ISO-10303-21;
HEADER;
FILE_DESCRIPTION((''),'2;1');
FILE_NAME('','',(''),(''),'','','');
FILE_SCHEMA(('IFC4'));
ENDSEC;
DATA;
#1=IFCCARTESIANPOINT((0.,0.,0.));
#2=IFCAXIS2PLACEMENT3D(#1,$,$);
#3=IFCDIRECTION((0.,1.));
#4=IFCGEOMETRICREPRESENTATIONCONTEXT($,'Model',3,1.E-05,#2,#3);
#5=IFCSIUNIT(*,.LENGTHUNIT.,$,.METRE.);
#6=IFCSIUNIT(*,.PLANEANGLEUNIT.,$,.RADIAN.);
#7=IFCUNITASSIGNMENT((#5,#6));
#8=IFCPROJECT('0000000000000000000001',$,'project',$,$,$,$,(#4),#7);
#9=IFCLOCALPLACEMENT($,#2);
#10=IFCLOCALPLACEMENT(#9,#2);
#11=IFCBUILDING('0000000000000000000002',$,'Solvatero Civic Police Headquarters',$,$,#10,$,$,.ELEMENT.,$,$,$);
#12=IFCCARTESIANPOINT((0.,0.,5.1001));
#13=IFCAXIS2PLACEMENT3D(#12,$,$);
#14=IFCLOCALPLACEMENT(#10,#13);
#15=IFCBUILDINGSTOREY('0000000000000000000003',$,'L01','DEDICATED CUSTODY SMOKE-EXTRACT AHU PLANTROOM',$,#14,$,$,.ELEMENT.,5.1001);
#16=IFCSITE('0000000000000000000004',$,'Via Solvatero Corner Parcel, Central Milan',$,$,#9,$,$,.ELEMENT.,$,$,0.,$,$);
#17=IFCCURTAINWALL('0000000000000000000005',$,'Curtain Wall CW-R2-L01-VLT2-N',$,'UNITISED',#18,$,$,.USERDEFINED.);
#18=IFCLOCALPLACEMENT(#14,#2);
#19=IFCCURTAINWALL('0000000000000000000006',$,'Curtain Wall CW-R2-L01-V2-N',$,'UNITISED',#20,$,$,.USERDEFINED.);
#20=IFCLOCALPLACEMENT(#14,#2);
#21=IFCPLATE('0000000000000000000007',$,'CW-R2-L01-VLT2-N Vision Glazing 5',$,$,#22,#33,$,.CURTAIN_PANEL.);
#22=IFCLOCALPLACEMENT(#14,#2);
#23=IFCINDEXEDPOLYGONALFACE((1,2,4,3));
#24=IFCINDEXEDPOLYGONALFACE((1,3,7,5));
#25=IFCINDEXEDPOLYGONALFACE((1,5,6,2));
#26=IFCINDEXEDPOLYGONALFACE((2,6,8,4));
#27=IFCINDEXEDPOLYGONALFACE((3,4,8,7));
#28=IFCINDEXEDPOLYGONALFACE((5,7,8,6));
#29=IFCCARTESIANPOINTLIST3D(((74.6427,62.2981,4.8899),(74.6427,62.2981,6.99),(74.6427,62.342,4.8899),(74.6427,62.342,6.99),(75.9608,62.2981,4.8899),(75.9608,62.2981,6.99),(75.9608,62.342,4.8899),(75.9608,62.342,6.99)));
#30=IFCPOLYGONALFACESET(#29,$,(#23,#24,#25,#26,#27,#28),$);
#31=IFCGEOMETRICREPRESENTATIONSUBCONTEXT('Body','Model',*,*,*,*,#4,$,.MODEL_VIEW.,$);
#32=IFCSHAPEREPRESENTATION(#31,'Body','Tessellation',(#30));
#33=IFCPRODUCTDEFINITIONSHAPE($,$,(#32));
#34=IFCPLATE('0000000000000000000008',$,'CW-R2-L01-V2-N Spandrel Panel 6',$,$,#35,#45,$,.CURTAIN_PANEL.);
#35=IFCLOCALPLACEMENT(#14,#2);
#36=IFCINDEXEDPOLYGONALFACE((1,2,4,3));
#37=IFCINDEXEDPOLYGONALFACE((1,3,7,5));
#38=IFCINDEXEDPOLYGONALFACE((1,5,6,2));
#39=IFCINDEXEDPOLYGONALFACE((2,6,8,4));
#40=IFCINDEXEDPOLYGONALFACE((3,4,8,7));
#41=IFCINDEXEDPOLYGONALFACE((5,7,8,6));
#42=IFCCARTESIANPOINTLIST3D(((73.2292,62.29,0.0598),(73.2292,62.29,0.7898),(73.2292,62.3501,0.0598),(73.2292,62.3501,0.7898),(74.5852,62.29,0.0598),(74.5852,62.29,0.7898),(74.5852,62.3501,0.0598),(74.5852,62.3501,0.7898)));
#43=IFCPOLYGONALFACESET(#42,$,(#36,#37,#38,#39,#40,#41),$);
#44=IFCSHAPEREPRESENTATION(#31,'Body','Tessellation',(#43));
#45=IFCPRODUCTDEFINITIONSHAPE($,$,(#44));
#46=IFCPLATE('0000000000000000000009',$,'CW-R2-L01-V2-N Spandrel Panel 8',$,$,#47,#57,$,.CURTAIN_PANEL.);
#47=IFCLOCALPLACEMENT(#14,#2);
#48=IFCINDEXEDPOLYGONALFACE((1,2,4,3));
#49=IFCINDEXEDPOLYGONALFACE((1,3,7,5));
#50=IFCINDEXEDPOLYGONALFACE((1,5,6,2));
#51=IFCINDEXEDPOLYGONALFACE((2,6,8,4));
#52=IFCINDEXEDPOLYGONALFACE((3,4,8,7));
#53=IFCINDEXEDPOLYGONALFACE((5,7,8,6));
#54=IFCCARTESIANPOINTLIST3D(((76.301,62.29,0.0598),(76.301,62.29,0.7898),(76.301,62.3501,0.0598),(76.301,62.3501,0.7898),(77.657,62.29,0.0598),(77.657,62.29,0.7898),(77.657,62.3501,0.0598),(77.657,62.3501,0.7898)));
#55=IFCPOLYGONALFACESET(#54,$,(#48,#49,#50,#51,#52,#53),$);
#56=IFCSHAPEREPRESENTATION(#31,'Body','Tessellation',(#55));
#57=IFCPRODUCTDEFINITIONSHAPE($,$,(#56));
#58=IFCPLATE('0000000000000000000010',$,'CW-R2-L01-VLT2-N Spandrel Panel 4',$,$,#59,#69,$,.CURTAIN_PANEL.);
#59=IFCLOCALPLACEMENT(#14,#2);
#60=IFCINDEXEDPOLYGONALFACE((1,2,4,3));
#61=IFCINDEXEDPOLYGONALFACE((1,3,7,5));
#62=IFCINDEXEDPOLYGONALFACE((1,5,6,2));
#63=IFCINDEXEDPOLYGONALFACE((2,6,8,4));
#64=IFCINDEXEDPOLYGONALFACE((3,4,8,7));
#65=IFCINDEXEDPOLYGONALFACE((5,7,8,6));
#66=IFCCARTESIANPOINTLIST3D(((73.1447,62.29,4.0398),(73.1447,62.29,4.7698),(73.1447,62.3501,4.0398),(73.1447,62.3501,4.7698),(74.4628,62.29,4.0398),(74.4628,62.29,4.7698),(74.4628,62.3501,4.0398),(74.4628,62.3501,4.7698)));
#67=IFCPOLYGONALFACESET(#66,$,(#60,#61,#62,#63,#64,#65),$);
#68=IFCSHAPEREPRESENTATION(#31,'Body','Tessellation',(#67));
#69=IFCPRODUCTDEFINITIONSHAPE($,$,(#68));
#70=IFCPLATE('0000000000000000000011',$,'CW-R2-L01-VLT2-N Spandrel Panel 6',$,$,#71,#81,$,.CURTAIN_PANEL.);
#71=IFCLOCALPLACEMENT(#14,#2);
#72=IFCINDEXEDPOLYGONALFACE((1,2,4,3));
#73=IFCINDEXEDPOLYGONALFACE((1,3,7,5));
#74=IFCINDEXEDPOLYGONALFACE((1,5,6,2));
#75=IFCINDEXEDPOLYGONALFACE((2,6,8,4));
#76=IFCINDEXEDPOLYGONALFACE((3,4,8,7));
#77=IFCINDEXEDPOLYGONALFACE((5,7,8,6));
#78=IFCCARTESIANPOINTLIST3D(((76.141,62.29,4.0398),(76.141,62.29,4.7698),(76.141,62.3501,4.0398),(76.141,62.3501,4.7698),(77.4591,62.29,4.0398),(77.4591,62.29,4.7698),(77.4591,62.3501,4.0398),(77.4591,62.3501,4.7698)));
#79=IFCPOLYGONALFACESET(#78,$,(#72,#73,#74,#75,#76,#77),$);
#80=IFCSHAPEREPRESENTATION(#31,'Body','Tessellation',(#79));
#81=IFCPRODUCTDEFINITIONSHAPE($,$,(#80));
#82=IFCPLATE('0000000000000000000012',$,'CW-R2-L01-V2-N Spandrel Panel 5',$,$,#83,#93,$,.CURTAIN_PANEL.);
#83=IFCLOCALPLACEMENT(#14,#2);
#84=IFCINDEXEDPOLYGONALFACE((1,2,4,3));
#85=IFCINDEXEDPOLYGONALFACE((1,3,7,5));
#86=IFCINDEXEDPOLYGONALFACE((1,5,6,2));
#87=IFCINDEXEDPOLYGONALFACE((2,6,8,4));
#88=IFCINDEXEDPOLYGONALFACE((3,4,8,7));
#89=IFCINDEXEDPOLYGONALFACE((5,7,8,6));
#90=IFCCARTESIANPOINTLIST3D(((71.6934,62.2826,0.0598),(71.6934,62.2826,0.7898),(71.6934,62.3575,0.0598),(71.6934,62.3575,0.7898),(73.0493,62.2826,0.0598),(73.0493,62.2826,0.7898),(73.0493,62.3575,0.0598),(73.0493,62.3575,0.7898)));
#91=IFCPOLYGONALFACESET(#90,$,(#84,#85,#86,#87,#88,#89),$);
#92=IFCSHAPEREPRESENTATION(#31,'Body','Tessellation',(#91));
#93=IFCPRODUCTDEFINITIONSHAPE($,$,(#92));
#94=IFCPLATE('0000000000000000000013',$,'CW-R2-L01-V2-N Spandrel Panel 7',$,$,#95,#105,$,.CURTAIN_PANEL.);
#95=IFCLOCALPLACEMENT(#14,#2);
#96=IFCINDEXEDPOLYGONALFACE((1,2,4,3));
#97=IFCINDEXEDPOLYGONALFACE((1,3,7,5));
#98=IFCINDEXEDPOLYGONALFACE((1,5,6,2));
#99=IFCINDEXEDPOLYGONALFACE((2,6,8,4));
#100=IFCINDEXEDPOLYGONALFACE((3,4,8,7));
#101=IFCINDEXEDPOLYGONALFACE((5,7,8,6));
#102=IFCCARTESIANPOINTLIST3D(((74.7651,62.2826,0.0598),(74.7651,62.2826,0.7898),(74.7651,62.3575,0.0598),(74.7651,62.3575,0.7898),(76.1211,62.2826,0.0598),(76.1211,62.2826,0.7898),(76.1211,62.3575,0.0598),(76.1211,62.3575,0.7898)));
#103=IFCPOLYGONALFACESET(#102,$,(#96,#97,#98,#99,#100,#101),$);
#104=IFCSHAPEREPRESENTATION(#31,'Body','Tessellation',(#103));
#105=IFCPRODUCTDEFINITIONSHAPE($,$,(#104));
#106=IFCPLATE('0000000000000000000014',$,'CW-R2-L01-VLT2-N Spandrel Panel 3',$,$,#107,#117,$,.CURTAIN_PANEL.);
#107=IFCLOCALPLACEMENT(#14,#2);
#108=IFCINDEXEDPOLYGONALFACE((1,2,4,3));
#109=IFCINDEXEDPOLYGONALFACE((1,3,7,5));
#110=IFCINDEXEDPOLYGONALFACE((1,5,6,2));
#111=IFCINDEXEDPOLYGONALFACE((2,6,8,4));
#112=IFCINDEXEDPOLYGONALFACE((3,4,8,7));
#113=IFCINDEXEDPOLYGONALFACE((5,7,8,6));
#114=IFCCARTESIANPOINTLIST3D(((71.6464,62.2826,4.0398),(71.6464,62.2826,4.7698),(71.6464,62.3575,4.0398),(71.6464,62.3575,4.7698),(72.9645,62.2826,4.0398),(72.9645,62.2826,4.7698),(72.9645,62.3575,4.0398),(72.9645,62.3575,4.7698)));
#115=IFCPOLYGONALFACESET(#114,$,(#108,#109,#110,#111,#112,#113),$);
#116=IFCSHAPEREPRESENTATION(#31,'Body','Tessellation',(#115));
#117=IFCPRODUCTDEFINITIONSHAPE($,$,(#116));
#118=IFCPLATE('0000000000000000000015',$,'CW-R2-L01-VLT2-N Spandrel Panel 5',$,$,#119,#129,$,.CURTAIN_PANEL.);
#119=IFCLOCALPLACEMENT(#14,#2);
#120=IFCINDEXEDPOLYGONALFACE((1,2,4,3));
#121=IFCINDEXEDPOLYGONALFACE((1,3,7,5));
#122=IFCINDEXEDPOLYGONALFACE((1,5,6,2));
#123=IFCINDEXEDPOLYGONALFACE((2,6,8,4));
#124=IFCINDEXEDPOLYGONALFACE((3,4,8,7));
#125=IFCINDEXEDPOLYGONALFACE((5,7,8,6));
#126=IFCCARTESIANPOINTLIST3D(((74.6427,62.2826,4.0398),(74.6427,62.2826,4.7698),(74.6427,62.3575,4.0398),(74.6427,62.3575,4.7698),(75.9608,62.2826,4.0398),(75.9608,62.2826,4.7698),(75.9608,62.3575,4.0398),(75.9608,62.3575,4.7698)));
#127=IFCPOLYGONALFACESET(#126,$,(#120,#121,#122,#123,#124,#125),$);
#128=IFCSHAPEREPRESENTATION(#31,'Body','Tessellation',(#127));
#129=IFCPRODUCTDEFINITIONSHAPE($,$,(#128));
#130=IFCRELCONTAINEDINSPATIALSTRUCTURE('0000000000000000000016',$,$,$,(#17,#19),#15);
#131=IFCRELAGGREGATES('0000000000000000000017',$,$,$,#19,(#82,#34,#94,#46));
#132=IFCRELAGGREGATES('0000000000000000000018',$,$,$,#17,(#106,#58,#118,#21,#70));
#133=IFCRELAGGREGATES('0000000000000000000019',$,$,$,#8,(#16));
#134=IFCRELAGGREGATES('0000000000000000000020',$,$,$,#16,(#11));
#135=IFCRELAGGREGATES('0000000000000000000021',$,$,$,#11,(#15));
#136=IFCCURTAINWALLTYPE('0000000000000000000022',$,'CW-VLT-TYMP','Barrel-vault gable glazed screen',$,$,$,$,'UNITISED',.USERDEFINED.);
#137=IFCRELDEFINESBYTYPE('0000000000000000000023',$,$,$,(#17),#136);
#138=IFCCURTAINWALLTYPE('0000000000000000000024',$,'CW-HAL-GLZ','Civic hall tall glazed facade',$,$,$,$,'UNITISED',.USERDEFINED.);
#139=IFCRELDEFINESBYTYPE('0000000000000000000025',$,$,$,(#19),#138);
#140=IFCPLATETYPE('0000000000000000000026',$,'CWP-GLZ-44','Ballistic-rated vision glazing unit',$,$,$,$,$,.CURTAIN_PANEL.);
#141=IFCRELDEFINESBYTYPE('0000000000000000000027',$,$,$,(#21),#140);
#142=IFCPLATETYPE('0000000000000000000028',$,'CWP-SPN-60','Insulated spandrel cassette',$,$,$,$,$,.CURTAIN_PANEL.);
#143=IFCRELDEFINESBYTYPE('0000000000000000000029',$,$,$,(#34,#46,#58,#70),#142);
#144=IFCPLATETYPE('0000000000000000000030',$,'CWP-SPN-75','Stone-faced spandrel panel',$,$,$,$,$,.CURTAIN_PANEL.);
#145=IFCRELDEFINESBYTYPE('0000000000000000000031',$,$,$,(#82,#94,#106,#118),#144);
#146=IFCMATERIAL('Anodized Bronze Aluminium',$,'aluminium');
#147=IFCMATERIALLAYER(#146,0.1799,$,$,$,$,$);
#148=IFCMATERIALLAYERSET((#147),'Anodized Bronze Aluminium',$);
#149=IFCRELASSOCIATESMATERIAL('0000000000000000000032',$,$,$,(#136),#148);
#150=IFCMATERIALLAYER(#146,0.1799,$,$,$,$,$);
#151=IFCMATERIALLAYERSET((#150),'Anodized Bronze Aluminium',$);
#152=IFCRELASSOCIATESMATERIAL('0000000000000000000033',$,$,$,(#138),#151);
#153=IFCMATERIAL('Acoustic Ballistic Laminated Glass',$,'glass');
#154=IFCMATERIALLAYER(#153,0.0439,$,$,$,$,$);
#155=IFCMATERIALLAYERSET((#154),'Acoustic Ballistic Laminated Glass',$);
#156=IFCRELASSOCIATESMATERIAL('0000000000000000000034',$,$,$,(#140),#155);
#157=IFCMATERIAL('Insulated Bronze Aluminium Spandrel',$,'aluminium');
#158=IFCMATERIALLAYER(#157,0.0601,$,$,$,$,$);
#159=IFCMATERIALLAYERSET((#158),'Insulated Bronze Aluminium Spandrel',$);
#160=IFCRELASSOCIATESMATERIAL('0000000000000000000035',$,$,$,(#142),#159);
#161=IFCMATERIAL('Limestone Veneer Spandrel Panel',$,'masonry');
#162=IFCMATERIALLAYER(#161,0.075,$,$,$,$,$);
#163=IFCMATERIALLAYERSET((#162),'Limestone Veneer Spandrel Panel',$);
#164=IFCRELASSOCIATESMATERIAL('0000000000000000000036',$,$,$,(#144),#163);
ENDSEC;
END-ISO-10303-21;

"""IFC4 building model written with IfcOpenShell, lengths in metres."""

from ifc_helpers import new_model, si_unit, direction, frame, origin, origin_2d, place, context, subcontext, project, spatial, rectangle, extrude, material, layer, layer_set, type_object, element, aggregate, save


model = new_model("IFC4")

# Units and contexts
model_context = context("Model", 3, precision=1e-05, world=origin(), true_north=direction((0.0, 1.0)))
body_context = subcontext(model_context, "Body", "Model", "MODEL_VIEW")
ifc_project = project(units=[si_unit("LENGTHUNIT", "METRE"), si_unit("PLANEANGLEUNIT", "RADIAN")], contexts=[model_context])

# Site, building, storey
site_placement = place(None, origin())
site = spatial("IfcSite", under=ifc_project, at=site_placement, Name="Via Solvatero Corner Parcel, Central Milan", CompositionType="ELEMENT", RefElevation=0.0)
building_placement = place(site_placement, origin())
building = spatial("IfcBuilding", under=site, at=building_placement, Name="Solvatero Civic Police Headquarters", CompositionType="ELEMENT")
storey_placement = place(building_placement, frame((0.0, 0.0, 5.1001)))
storey = spatial("IfcBuildingStorey", under=building, at=storey_placement, Name="L01", Description="DEDICATED CUSTODY SMOKE-EXTRACT AHU PLANTROOM", CompositionType="ELEMENT", Elevation=5.1001)

# Curtain walls
ifc_material_1 = material(Name="Anodized Bronze Aluminium", Category="aluminium")
ifc_layer_1 = layer(ifc_material_1, 0.1799)
ifc_layer_set_1 = layer_set([ifc_layer_1], Name="Anodized Bronze Aluminium")
curtain_wall_type_1 = type_object("IfcCurtainWallType", Name="CW-VLT-TYMP", Description="Barrel-vault gable glazed screen", ElementType="UNITISED", PredefinedType="USERDEFINED", material=ifc_layer_set_1)
curtain_wall_1_placement = place(storey_placement, origin())
curtain_wall_1 = element("IfcCurtainWall", 1, at=curtain_wall_1_placement, inside=storey, type_object=curtain_wall_type_1, Name="Curtain Wall CW-R2-L01-VLT2-N", ObjectType="UNITISED", PredefinedType="USERDEFINED")
ifc_layer_2 = layer(ifc_material_1, 0.1799)
ifc_layer_set_2 = layer_set([ifc_layer_2], Name="Anodized Bronze Aluminium")
curtain_wall_type_2 = type_object("IfcCurtainWallType", Name="CW-HAL-GLZ", Description="Civic hall tall glazed facade", ElementType="UNITISED", PredefinedType="USERDEFINED", material=ifc_layer_set_2)
curtain_wall_2_placement = place(storey_placement, origin())
curtain_wall_2 = element("IfcCurtainWall", 2, at=curtain_wall_2_placement, inside=storey, type_object=curtain_wall_type_2, Name="Curtain Wall CW-R2-L01-V2-N", ObjectType="UNITISED", PredefinedType="USERDEFINED")

# Plates
ifc_material_2 = material(Name="Acoustic Ballistic Laminated Glass", Category="glass")
ifc_layer_3 = layer(ifc_material_2, 0.0439)
ifc_layer_set_3 = layer_set([ifc_layer_3], Name="Acoustic Ballistic Laminated Glass")
plate_type_1 = type_object("IfcPlateType", Name="CWP-GLZ-44", Description="Ballistic-rated vision glazing unit", PredefinedType="CURTAIN_PANEL", material=ifc_layer_set_3)
plate_1_placement = place(storey_placement, frame((75.3018, 62.3201, 4.8899), z_axis=(0.0, 0.0, 1.0), x_axis=(1.0, 0.0, 0.0)))
plate_1 = element("IfcPlate", 3, at=plate_1_placement, type_object=plate_type_1, Name="CW-R2-L01-VLT2-N Vision Glazing 5", PredefinedType="CURTAIN_PANEL", context=body_context, shape_type="SweptSolid", body=[
    extrude(rectangle(XDim=1.3181, YDim=0.0439, at=origin_2d()), origin(), (0.0, 0.0, 1.0), 2.1001),
])
ifc_material_3 = material(Name="Insulated Bronze Aluminium Spandrel", Category="aluminium")
ifc_layer_4 = layer(ifc_material_3, 0.0601)
ifc_layer_set_4 = layer_set([ifc_layer_4], Name="Insulated Bronze Aluminium Spandrel")
plate_type_2 = type_object("IfcPlateType", Name="CWP-SPN-60", Description="Insulated spandrel cassette", PredefinedType="CURTAIN_PANEL", material=ifc_layer_set_4)
plate_2_placement = place(storey_placement, frame((73.9072, 62.3201, 0.0598), z_axis=(0.0, 0.0, 1.0), x_axis=(1.0, 0.0, 0.0)))
plate_2 = element("IfcPlate", 4, at=plate_2_placement, type_object=plate_type_2, Name="CW-R2-L01-V2-N Spandrel Panel 6", PredefinedType="CURTAIN_PANEL", context=body_context, shape_type="SweptSolid", body=[
    extrude(rectangle(XDim=1.356, YDim=0.0601, at=origin_2d()), origin(), (0.0, 0.0, 1.0), 0.73),
])
plate_3_placement = place(storey_placement, frame((76.979, 62.3201, 0.0598), z_axis=(0.0, 0.0, 1.0), x_axis=(1.0, 0.0, 0.0)))
plate_3 = element("IfcPlate", 5, at=plate_3_placement, type_object=plate_type_2, Name="CW-R2-L01-V2-N Spandrel Panel 8", PredefinedType="CURTAIN_PANEL", context=body_context, shape_type="SweptSolid", body=[
    extrude(rectangle(XDim=1.356, YDim=0.0601, at=origin_2d()), origin(), (0.0, 0.0, 1.0), 0.73),
])
plate_4_placement = place(storey_placement, frame((73.8037, 62.3201, 4.0398), z_axis=(0.0, 0.0, 1.0), x_axis=(1.0, 0.0, 0.0)))
plate_4 = element("IfcPlate", 6, at=plate_4_placement, type_object=plate_type_2, Name="CW-R2-L01-VLT2-N Spandrel Panel 4", PredefinedType="CURTAIN_PANEL", context=body_context, shape_type="SweptSolid", body=[
    extrude(rectangle(XDim=1.3181, YDim=0.0601, at=origin_2d()), origin(), (0.0, 0.0, 1.0), 0.73),
])
plate_5_placement = place(storey_placement, frame((76.8, 62.3201, 4.0398), z_axis=(0.0, 0.0, 1.0), x_axis=(1.0, 0.0, 0.0)))
plate_5 = element("IfcPlate", 7, at=plate_5_placement, type_object=plate_type_2, Name="CW-R2-L01-VLT2-N Spandrel Panel 6", PredefinedType="CURTAIN_PANEL", context=body_context, shape_type="SweptSolid", body=[
    extrude(rectangle(XDim=1.3181, YDim=0.0601, at=origin_2d()), origin(), (0.0, 0.0, 1.0), 0.73),
])
ifc_material_4 = material(Name="Limestone Veneer Spandrel Panel", Category="masonry")
ifc_layer_5 = layer(ifc_material_4, 0.075)
ifc_layer_set_5 = layer_set([ifc_layer_5], Name="Limestone Veneer Spandrel Panel")
plate_type_3 = type_object("IfcPlateType", Name="CWP-SPN-75", Description="Stone-faced spandrel panel", PredefinedType="CURTAIN_PANEL", material=ifc_layer_set_5)
plate_6_placement = place(storey_placement, frame((72.3713, 62.3201, 0.0598), z_axis=(0.0, 0.0, 1.0), x_axis=(1.0, 0.0, 0.0)))
plate_6 = element("IfcPlate", 8, at=plate_6_placement, type_object=plate_type_3, Name="CW-R2-L01-V2-N Spandrel Panel 5", PredefinedType="CURTAIN_PANEL", context=body_context, shape_type="SweptSolid", body=[
    extrude(rectangle(XDim=1.356, YDim=0.075, at=origin_2d()), origin(), (0.0, 0.0, 1.0), 0.73),
])
plate_7_placement = place(storey_placement, frame((75.4431, 62.3201, 0.0598), z_axis=(0.0, 0.0, 1.0), x_axis=(1.0, 0.0, 0.0)))
plate_7 = element("IfcPlate", 9, at=plate_7_placement, type_object=plate_type_3, Name="CW-R2-L01-V2-N Spandrel Panel 7", PredefinedType="CURTAIN_PANEL", context=body_context, shape_type="SweptSolid", body=[
    extrude(rectangle(XDim=1.356, YDim=0.075, at=origin_2d()), origin(), (0.0, 0.0, 1.0), 0.73),
])
aggregate(curtain_wall_2, [plate_6, plate_2, plate_7, plate_3])
plate_8_placement = place(storey_placement, frame((72.3054, 62.3201, 4.0398), z_axis=(0.0, 0.0, 1.0), x_axis=(1.0, 0.0, 0.0)))
plate_8 = element("IfcPlate", 10, at=plate_8_placement, type_object=plate_type_3, Name="CW-R2-L01-VLT2-N Spandrel Panel 3", PredefinedType="CURTAIN_PANEL", context=body_context, shape_type="SweptSolid", body=[
    extrude(rectangle(XDim=1.3181, YDim=0.075, at=origin_2d()), origin(), (0.0, 0.0, 1.0), 0.73),
])
plate_9_placement = place(storey_placement, frame((75.3018, 62.3201, 4.0398), z_axis=(0.0, 0.0, 1.0), x_axis=(1.0, 0.0, 0.0)))
plate_9 = element("IfcPlate", 11, at=plate_9_placement, type_object=plate_type_3, Name="CW-R2-L01-VLT2-N Spandrel Panel 5", PredefinedType="CURTAIN_PANEL", context=body_context, shape_type="SweptSolid", body=[
    extrude(rectangle(XDim=1.3181, YDim=0.075, at=origin_2d()), origin(), (0.0, 0.0, 1.0), 0.73),
])
aggregate(curtain_wall_1, [plate_8, plate_4, plate_9, plate_1, plate_5])

save(model, "model.ifc")
